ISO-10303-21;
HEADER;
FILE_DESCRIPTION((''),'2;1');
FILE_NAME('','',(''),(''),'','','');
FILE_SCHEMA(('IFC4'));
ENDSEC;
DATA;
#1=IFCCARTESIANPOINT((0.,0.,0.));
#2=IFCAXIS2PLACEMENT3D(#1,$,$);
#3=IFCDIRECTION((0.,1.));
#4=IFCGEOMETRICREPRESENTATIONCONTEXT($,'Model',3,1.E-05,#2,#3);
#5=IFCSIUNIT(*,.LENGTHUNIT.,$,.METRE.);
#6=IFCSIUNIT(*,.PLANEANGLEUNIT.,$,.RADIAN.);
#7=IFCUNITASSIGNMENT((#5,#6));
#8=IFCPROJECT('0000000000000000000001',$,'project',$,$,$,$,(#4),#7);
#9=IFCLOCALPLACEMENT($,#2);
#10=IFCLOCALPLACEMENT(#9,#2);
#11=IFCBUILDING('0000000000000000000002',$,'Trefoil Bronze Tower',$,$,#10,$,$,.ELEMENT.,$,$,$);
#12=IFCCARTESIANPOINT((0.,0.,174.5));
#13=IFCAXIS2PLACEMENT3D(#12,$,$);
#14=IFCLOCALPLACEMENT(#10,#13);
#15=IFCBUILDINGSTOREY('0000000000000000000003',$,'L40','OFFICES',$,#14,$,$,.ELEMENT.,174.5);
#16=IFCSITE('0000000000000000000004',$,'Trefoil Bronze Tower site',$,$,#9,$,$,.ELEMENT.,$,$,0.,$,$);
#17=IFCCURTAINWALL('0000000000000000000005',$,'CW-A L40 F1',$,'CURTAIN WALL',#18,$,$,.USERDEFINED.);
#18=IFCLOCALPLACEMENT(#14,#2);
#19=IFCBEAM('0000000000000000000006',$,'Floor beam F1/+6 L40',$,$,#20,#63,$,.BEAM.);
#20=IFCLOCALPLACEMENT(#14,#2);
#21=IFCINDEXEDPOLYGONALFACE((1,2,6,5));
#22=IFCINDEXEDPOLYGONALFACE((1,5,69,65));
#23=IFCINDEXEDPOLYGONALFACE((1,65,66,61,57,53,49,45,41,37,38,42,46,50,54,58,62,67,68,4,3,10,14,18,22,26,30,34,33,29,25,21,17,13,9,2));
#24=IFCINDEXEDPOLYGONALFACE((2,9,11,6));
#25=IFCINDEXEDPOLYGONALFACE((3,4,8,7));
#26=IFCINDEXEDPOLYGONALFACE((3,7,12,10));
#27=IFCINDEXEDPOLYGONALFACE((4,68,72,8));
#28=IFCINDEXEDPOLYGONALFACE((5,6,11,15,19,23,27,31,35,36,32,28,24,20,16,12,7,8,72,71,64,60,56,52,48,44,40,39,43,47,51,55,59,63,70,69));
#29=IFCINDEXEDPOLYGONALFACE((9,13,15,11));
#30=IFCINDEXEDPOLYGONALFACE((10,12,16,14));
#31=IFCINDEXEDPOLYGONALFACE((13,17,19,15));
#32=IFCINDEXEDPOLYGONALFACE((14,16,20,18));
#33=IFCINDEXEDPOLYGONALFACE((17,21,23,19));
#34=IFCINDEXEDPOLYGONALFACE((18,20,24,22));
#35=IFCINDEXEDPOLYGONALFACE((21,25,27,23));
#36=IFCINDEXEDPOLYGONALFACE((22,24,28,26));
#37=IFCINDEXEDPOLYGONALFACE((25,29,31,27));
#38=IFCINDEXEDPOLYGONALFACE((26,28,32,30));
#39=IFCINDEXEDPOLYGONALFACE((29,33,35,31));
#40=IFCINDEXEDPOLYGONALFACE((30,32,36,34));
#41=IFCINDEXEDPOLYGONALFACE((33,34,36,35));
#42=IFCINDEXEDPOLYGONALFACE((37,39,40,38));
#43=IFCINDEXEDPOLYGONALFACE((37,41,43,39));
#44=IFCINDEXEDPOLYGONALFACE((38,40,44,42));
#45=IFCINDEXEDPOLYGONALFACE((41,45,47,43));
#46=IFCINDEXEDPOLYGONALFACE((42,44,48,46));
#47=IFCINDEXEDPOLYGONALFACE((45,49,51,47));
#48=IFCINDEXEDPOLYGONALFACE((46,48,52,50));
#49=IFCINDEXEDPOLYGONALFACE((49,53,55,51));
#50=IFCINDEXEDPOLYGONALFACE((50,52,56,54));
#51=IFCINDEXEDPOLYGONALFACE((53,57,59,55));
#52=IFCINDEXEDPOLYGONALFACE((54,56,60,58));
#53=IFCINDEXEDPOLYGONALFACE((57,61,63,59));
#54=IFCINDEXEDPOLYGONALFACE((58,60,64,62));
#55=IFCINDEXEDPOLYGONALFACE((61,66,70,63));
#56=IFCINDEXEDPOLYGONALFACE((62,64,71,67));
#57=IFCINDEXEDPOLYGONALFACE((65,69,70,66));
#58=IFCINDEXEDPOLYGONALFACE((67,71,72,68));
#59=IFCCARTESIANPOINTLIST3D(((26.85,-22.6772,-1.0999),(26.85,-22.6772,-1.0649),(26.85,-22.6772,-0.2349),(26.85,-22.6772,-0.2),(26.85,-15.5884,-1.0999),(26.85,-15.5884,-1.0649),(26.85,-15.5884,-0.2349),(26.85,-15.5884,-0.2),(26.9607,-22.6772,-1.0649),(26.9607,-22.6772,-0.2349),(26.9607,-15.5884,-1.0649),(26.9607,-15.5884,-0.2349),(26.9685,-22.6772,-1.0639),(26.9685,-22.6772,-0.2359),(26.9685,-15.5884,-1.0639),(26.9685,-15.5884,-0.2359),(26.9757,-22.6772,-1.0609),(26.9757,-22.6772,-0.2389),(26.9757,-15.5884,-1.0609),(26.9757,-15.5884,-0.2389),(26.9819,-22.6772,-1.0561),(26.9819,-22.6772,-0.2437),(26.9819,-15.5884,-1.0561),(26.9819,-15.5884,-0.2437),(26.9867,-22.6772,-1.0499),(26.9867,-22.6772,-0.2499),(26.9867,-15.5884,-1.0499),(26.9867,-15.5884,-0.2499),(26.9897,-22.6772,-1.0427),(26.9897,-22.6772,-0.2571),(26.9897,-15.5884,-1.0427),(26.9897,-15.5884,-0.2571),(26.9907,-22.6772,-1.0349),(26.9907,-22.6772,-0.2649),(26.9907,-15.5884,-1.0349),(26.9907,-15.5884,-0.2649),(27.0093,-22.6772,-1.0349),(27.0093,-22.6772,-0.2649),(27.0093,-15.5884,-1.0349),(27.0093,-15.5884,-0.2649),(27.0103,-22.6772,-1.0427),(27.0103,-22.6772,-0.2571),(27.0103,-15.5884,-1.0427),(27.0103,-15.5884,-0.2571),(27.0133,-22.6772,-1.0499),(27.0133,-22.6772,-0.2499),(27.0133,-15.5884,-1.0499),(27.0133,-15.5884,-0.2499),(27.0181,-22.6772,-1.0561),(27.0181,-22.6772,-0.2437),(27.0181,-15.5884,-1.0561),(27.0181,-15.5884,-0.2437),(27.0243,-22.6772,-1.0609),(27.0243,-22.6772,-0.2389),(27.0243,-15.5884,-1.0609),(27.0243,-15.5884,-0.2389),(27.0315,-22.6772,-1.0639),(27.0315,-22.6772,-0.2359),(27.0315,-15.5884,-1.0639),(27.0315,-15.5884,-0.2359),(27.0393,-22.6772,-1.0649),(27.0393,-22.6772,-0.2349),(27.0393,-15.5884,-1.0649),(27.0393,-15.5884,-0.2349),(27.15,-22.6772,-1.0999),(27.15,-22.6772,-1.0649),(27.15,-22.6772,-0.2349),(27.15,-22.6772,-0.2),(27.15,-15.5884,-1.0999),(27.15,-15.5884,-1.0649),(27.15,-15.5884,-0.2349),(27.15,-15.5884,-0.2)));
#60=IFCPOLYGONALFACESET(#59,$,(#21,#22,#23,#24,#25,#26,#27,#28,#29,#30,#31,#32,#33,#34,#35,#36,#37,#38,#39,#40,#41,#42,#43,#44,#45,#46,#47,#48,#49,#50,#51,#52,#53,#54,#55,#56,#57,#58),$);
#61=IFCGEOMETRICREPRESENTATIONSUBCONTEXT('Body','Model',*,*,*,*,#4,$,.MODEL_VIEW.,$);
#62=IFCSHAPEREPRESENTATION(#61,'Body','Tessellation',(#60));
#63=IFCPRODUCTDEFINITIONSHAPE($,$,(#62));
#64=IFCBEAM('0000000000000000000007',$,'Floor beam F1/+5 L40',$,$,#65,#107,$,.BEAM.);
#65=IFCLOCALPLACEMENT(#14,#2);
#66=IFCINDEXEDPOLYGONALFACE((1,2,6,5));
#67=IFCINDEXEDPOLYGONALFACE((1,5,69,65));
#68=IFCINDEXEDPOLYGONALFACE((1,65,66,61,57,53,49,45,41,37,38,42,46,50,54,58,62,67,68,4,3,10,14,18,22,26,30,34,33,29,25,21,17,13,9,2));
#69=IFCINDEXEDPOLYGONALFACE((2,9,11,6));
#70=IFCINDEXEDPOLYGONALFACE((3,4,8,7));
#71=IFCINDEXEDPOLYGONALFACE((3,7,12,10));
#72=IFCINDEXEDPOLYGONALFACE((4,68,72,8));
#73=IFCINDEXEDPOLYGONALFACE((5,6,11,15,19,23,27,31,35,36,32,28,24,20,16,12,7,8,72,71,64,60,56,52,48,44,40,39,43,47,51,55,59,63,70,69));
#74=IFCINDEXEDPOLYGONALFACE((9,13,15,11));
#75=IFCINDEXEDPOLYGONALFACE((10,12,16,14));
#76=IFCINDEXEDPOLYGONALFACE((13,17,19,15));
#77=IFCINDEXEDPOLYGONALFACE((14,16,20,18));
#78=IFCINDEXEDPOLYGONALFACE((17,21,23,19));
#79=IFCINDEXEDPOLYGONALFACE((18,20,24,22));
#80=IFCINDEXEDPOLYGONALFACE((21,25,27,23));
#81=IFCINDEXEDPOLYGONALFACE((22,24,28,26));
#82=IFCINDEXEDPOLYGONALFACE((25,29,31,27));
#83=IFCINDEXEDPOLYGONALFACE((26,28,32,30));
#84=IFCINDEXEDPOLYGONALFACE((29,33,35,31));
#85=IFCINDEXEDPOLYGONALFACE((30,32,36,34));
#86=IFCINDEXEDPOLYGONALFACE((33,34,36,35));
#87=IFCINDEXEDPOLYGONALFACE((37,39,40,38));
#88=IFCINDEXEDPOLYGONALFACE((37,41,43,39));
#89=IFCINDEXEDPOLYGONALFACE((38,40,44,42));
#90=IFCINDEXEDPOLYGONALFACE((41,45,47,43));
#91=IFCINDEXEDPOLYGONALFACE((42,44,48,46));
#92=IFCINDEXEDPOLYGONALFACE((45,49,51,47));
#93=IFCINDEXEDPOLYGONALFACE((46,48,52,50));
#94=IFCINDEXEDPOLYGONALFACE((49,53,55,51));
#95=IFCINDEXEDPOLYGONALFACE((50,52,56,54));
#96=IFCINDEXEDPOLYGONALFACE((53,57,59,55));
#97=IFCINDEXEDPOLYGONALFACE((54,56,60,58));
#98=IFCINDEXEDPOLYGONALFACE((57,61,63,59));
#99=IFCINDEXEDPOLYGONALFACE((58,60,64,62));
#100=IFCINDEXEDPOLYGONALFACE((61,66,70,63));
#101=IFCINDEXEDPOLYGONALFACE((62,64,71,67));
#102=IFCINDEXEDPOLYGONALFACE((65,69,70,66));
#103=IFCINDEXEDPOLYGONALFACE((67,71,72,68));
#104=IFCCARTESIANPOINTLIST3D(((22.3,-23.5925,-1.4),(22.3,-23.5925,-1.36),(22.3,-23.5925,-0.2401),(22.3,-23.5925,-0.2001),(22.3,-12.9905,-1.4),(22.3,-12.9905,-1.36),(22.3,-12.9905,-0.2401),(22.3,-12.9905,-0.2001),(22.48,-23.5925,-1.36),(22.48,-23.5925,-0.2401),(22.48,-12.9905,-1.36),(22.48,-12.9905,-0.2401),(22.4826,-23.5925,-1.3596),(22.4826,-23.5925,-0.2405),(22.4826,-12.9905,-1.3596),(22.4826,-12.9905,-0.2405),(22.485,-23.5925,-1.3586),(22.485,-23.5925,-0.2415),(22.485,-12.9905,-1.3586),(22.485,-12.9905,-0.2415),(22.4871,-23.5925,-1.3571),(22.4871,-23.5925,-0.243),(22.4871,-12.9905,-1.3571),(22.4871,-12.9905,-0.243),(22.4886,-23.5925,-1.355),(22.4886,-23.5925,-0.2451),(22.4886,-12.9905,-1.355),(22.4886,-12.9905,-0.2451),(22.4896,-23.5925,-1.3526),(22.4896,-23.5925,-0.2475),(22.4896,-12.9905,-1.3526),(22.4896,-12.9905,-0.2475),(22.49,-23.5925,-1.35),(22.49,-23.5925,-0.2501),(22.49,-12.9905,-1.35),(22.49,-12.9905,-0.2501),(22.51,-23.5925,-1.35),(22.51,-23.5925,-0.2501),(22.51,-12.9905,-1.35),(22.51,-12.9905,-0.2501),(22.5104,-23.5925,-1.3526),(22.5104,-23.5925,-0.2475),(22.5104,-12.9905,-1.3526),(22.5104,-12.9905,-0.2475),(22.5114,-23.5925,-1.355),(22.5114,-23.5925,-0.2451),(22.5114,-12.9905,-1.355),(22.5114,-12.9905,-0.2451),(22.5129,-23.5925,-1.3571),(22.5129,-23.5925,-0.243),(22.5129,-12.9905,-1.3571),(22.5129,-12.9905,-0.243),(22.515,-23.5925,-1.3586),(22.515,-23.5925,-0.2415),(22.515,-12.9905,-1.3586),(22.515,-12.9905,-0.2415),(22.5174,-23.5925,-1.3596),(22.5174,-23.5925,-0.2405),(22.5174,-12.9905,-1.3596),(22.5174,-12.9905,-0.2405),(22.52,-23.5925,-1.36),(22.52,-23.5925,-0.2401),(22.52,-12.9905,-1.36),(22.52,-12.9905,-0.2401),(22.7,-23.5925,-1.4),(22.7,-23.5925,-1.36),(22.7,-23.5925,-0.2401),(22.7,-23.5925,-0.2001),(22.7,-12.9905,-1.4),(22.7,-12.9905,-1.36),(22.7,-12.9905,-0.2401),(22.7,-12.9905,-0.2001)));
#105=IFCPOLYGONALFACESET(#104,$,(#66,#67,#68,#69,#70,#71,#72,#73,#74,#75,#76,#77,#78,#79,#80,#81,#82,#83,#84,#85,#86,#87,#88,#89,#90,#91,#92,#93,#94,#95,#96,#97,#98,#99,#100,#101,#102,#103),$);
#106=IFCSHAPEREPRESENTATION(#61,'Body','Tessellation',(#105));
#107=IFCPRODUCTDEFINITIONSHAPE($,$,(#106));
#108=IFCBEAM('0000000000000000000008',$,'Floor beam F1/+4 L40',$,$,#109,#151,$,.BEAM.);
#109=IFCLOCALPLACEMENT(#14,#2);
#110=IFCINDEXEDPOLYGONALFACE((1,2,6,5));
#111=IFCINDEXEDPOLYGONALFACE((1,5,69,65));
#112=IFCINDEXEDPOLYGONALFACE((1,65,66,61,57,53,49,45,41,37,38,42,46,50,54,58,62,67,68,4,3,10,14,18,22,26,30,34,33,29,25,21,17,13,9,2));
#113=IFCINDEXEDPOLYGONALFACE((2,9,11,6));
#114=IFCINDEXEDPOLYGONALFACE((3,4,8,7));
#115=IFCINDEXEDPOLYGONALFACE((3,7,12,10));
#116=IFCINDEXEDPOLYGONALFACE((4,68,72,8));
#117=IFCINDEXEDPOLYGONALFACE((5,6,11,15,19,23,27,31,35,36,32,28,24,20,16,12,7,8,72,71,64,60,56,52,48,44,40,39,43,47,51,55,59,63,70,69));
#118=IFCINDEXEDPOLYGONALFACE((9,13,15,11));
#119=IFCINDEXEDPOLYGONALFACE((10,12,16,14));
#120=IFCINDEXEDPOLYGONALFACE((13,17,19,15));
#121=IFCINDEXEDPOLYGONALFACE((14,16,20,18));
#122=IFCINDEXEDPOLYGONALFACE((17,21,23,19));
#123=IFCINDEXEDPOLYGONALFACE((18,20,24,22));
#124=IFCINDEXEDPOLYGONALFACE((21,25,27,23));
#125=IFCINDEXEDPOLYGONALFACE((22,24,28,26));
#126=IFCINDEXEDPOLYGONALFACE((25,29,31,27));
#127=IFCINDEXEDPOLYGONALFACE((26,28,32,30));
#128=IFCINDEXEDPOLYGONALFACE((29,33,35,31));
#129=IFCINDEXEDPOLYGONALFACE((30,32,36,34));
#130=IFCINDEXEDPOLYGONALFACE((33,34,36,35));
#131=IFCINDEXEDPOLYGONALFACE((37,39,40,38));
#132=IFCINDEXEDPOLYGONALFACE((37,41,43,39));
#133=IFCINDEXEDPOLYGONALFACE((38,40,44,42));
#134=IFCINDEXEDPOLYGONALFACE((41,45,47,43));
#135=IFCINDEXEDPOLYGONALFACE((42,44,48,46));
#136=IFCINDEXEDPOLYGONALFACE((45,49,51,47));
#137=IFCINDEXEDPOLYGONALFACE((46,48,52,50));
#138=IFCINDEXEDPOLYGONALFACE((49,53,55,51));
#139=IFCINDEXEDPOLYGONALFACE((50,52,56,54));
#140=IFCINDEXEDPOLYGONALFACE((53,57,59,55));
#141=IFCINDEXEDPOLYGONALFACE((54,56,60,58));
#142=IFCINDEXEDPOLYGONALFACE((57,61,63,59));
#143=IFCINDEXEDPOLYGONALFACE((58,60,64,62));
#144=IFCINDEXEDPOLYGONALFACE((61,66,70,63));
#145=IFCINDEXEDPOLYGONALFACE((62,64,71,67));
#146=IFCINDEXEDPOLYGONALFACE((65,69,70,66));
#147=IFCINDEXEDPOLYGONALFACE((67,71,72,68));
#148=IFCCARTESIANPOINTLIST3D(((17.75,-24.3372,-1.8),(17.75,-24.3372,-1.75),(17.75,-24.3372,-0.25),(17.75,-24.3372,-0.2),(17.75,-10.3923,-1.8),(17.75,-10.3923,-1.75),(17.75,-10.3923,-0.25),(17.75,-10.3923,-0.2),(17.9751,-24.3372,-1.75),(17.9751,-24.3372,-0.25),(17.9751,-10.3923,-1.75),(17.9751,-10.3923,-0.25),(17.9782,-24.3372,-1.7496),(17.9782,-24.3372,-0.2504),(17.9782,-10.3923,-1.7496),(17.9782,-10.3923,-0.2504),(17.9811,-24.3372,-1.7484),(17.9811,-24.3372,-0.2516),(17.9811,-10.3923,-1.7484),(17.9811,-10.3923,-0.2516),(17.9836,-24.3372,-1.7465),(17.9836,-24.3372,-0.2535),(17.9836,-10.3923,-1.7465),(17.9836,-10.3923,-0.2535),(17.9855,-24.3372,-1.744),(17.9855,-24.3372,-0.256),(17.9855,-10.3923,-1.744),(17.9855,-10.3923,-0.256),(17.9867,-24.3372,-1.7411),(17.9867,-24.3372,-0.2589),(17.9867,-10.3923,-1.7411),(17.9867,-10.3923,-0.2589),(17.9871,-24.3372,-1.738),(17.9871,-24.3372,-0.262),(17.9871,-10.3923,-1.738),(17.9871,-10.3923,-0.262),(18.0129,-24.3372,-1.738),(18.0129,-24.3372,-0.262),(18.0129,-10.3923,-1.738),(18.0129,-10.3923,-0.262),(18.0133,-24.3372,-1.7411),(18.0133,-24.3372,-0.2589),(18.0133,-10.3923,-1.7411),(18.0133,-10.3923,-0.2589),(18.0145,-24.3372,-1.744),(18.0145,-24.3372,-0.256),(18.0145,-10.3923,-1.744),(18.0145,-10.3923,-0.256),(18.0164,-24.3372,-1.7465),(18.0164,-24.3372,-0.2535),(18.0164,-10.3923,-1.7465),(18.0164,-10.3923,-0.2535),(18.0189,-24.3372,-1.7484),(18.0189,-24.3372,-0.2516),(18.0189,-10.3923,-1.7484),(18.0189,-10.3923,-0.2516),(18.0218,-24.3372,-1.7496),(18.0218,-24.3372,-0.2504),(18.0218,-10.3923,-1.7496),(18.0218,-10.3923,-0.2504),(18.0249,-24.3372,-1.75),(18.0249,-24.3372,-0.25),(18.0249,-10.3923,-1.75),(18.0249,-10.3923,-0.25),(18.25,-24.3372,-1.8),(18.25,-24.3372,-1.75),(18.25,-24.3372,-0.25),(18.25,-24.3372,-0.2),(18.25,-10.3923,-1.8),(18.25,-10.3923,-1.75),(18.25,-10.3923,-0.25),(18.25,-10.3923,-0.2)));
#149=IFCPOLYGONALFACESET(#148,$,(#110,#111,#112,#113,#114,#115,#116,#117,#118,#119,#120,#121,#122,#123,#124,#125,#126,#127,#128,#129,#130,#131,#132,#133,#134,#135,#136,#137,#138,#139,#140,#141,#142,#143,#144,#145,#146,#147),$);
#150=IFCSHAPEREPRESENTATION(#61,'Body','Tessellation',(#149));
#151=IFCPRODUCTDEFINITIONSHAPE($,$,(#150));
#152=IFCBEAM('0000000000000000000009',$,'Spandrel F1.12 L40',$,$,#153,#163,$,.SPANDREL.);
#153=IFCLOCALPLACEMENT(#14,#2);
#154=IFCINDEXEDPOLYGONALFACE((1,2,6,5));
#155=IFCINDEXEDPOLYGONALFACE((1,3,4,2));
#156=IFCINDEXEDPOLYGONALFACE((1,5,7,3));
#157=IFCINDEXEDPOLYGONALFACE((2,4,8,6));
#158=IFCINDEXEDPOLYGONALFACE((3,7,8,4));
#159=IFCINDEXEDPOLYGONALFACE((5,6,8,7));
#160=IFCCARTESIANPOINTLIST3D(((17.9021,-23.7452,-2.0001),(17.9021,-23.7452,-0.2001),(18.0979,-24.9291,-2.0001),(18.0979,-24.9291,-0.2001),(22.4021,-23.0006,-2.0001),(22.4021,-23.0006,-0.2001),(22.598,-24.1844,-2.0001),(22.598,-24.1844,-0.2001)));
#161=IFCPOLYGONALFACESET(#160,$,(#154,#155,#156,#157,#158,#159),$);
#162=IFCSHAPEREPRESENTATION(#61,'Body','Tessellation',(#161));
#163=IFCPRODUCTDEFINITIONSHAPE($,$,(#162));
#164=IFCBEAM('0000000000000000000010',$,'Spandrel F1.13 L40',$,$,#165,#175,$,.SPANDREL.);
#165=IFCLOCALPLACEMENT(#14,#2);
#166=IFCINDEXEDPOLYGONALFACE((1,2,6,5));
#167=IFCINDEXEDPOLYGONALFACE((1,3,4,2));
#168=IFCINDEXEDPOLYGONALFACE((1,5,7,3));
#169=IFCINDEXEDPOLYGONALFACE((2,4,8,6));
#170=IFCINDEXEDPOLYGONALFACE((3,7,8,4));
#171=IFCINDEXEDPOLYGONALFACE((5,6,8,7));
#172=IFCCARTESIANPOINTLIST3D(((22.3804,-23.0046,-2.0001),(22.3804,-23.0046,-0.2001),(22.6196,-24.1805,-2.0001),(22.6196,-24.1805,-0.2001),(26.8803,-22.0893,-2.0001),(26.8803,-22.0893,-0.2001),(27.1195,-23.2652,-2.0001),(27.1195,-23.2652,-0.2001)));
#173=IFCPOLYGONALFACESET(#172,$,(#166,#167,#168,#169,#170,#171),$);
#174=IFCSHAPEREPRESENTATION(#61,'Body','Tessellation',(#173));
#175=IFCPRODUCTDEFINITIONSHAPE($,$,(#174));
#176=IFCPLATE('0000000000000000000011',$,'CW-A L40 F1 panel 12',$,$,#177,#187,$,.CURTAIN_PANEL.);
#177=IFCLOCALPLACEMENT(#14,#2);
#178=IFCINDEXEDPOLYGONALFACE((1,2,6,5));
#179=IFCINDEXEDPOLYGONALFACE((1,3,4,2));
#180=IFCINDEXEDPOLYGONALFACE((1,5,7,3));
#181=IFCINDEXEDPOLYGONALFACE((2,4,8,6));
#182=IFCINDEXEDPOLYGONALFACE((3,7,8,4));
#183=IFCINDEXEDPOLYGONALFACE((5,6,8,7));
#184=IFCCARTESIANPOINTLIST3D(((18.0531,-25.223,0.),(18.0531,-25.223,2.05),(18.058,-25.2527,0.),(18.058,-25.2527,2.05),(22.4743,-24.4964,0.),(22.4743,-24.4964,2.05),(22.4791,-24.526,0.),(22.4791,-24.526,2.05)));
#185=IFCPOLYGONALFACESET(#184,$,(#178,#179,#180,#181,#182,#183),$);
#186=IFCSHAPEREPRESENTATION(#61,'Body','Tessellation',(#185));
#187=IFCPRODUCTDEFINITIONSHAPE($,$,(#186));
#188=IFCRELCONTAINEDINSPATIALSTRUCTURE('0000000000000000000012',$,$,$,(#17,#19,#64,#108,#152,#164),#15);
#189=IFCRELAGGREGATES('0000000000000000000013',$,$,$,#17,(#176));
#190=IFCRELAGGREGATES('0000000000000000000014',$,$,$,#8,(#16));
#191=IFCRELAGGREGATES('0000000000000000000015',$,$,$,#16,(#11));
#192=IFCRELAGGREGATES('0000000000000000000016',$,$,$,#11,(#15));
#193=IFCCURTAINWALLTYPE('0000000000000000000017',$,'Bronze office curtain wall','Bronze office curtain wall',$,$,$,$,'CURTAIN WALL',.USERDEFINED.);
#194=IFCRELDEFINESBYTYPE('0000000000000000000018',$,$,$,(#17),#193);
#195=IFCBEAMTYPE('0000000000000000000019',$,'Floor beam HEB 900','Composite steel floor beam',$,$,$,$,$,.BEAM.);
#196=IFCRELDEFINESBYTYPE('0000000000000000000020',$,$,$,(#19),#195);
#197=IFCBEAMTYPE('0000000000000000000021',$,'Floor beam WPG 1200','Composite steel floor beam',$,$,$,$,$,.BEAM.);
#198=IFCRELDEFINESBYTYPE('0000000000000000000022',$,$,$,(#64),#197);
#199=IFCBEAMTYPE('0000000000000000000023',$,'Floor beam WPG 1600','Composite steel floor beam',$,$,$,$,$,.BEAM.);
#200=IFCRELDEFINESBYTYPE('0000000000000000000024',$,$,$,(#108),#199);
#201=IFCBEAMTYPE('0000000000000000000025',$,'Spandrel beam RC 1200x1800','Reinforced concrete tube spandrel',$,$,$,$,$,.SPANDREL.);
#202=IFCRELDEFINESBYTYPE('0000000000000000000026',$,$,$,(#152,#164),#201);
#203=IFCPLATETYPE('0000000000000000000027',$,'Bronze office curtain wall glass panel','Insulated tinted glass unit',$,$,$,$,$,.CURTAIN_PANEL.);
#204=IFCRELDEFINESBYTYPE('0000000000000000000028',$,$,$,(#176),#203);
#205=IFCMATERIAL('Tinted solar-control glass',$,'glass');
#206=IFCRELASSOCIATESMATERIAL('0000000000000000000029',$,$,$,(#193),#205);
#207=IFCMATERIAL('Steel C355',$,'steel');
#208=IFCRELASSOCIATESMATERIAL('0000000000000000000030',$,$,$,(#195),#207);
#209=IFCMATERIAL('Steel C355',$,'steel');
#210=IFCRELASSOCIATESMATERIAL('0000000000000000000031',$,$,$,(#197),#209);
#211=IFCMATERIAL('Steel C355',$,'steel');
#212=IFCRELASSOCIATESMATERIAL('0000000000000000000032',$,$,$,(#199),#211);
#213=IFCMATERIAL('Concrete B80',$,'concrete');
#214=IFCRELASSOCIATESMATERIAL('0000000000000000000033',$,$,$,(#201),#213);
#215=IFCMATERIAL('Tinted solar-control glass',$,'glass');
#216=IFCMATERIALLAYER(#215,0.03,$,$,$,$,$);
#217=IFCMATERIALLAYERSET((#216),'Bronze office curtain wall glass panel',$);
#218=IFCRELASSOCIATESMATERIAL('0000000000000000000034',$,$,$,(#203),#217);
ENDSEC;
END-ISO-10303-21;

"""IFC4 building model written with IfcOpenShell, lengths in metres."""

from ifc_helpers import new_model, si_unit, direction, frame, origin, origin_2d, place, context, subcontext, project, spatial, rectangle, i_section, extrude, material, layer, layer_set, material_profile, profile_set, type_object, element, aggregate, save


model = new_model("IFC4")

# Units and contexts
model_context = context("Model", 3, precision=1e-05, world=origin(), true_north=direction((0.0, 1.0)))
body_context = subcontext(model_context, "Body", "Model", "MODEL_VIEW")
ifc_project = project(units=[si_unit("LENGTHUNIT", "METRE"), si_unit("PLANEANGLEUNIT", "RADIAN")], contexts=[model_context])

# Site, building, storey
site_placement = place(None, origin())
site = spatial("IfcSite", under=ifc_project, at=site_placement, Name="Trefoil Bronze Tower site", CompositionType="ELEMENT", RefElevation=0.0)
building_placement = place(site_placement, origin())
building = spatial("IfcBuilding", under=site, at=building_placement, Name="Trefoil Bronze Tower", CompositionType="ELEMENT")
storey_placement = place(building_placement, frame((0.0, 0.0, 174.5)))
storey = spatial("IfcBuildingStorey", under=building, at=storey_placement, Name="L40", Description="OFFICES", CompositionType="ELEMENT", Elevation=174.5)

# Curtain wall
ifc_material_1 = material(Name="Tinted solar-control glass", Category="glass")
curtain_wall_type_1 = type_object("IfcCurtainWallType", Name="Bronze office curtain wall", Description="Bronze office curtain wall", ElementType="CURTAIN WALL", PredefinedType="USERDEFINED", material=ifc_material_1)
curtain_wall_1_placement = place(storey_placement, origin())
curtain_wall_1 = element("IfcCurtainWall", 1, at=curtain_wall_1_placement, inside=storey, type_object=curtain_wall_type_1, Name="CW-A L40 F1", ObjectType="CURTAIN WALL", PredefinedType="USERDEFINED")

# Beams
ifc_material_2 = material(Name="Steel C355", Category="steel")
ifc_material_profile_1 = material_profile(ifc_material_2, i_section(OverallWidth=0.3, OverallDepth=0.8999, WebThickness=0.0186, FlangeThickness=0.0349, FilletRadius=0.03, at=origin_2d()), Name="HEB 900")
ifc_profile_set_1 = profile_set([ifc_material_profile_1], Name="Steel C355")
beam_type_1 = type_object("IfcBeamType", Name="Floor beam HEB 900", Description="Composite steel floor beam", PredefinedType="BEAM", material=ifc_profile_set_1)
beam_1_placement = place(storey_placement, frame((27.0, -22.6772, -0.6499), z_axis=(0.0, 1.0, 0.0), x_axis=(-1.0, 0.0, 0.0)))
element("IfcBeam", 2, at=beam_1_placement, inside=storey, type_object=beam_type_1, Name="Floor beam F1/+6 L40", PredefinedType="BEAM", context=body_context, shape_type="SweptSolid", body=[
    extrude(i_section(OverallWidth=0.3, OverallDepth=0.8999, WebThickness=0.0186, FlangeThickness=0.0349, FilletRadius=0.03, at=origin_2d()), origin(), (0.0, 0.0, 1.0), 7.0889),
])
ifc_material_3 = material(Name="Steel C355", Category="steel")
ifc_material_profile_2 = material_profile(ifc_material_3, i_section(OverallWidth=0.3999, OverallDepth=1.2, WebThickness=0.02, FlangeThickness=0.04, FilletRadius=0.01, at=origin_2d()), Name="WPG 1200")
ifc_profile_set_2 = profile_set([ifc_material_profile_2], Name="Steel C355")
beam_type_2 = type_object("IfcBeamType", Name="Floor beam WPG 1200", Description="Composite steel floor beam", PredefinedType="BEAM", material=ifc_profile_set_2)
beam_2_placement = place(storey_placement, frame((22.5, -23.5925, -0.8), z_axis=(0.0, 1.0, 0.0), x_axis=(-1.0, 0.0, 0.0)))
element("IfcBeam", 3, at=beam_2_placement, inside=storey, type_object=beam_type_2, Name="Floor beam F1/+5 L40", PredefinedType="BEAM", context=body_context, shape_type="SweptSolid", body=[
    extrude(i_section(OverallWidth=0.3999, OverallDepth=1.2, WebThickness=0.02, FlangeThickness=0.04, FilletRadius=0.01, at=origin_2d()), origin(), (0.0, 0.0, 1.0), 10.6021),
])
ifc_material_4 = material(Name="Steel C355", Category="steel")
ifc_material_profile_3 = material_profile(ifc_material_4, i_section(OverallWidth=0.5, OverallDepth=1.6001, WebThickness=0.0259, FlangeThickness=0.05, FilletRadius=0.012, at=origin_2d()), Name="WPG 1600")
ifc_profile_set_3 = profile_set([ifc_material_profile_3], Name="Steel C355")
beam_type_3 = type_object("IfcBeamType", Name="Floor beam WPG 1600", Description="Composite steel floor beam", PredefinedType="BEAM", material=ifc_profile_set_3)
beam_3_placement = place(storey_placement, frame((18.0, -24.3372, -1.0), z_axis=(0.0, 1.0, 0.0), x_axis=(-1.0, 0.0, 0.0)))
element("IfcBeam", 4, at=beam_3_placement, inside=storey, type_object=beam_type_3, Name="Floor beam F1/+4 L40", PredefinedType="BEAM", context=body_context, shape_type="SweptSolid", body=[
    extrude(i_section(OverallWidth=0.5, OverallDepth=1.6001, WebThickness=0.0259, FlangeThickness=0.05, FilletRadius=0.012, at=origin_2d()), origin(), (0.0, 0.0, 1.0), 13.9448),
])
ifc_material_5 = material(Name="Concrete B80", Category="concrete")
ifc_material_profile_4 = material_profile(ifc_material_5, rectangle(XDim=1.2, YDim=1.8, at=origin_2d()), Name="RC 1200x1800")
ifc_profile_set_4 = profile_set([ifc_material_profile_4], Name="Concrete B80")
beam_type_4 = type_object("IfcBeamType", Name="Spandrel beam RC 1200x1800", Description="Reinforced concrete tube spandrel", PredefinedType="SPANDREL", material=ifc_profile_set_4)
beam_4_placement = place(storey_placement, frame((18.0, -24.3372, -1.1001), z_axis=(0.986584, 0.163253, 0.0), x_axis=(-0.163253, 0.986584, 0.0)))
element("IfcBeam", 5, at=beam_4_placement, inside=storey, type_object=beam_type_4, Name="Spandrel F1.12 L40", PredefinedType="SPANDREL", context=body_context, shape_type="SweptSolid", body=[
    extrude(rectangle(XDim=1.2, YDim=1.8, at=origin_2d()), origin(), (0.0, 0.0, 1.0), 4.5613),
])
beam_5_placement = place(storey_placement, frame((22.5, -23.5925, -1.1001), z_axis=(0.979935, 0.199315, 0.0), x_axis=(-0.199315, 0.979935, 0.0)))
element("IfcBeam", 6, at=beam_5_placement, inside=storey, type_object=beam_type_4, Name="Spandrel F1.13 L40", PredefinedType="SPANDREL", context=body_context, shape_type="SweptSolid", body=[
    extrude(rectangle(XDim=1.2, YDim=1.8, at=origin_2d()), origin(), (0.0, 0.0, 1.0), 4.592),
])

# Plate
ifc_material_6 = material(Name="Tinted solar-control glass", Category="glass")
ifc_layer_1 = layer(ifc_material_6, 0.03)
ifc_layer_set_1 = layer_set([ifc_layer_1], Name="Bronze office curtain wall glass panel")
plate_type_1 = type_object("IfcPlateType", Name="Bronze office curtain wall glass panel", Description="Insulated tinted glass unit", PredefinedType="CURTAIN_PANEL", material=ifc_layer_set_1)
plate_1_placement = place(storey_placement, frame((20.2661, -24.8745, 0.0), z_axis=(0.0, 0.0, 1.0), x_axis=(0.98676, 0.162189, 0.0)))
plate_1 = element("IfcPlate", 7, at=plate_1_placement, type_object=plate_type_1, Name="CW-A L40 F1 panel 12", PredefinedType="CURTAIN_PANEL", context=body_context, shape_type="SweptSolid", body=[
    extrude(rectangle(XDim=4.4805, YDim=0.03, at=origin_2d()), origin(), (0.0, 0.0, 1.0), 2.05),
])
aggregate(curtain_wall_1, [plate_1])

save(model, "model.ifc")
